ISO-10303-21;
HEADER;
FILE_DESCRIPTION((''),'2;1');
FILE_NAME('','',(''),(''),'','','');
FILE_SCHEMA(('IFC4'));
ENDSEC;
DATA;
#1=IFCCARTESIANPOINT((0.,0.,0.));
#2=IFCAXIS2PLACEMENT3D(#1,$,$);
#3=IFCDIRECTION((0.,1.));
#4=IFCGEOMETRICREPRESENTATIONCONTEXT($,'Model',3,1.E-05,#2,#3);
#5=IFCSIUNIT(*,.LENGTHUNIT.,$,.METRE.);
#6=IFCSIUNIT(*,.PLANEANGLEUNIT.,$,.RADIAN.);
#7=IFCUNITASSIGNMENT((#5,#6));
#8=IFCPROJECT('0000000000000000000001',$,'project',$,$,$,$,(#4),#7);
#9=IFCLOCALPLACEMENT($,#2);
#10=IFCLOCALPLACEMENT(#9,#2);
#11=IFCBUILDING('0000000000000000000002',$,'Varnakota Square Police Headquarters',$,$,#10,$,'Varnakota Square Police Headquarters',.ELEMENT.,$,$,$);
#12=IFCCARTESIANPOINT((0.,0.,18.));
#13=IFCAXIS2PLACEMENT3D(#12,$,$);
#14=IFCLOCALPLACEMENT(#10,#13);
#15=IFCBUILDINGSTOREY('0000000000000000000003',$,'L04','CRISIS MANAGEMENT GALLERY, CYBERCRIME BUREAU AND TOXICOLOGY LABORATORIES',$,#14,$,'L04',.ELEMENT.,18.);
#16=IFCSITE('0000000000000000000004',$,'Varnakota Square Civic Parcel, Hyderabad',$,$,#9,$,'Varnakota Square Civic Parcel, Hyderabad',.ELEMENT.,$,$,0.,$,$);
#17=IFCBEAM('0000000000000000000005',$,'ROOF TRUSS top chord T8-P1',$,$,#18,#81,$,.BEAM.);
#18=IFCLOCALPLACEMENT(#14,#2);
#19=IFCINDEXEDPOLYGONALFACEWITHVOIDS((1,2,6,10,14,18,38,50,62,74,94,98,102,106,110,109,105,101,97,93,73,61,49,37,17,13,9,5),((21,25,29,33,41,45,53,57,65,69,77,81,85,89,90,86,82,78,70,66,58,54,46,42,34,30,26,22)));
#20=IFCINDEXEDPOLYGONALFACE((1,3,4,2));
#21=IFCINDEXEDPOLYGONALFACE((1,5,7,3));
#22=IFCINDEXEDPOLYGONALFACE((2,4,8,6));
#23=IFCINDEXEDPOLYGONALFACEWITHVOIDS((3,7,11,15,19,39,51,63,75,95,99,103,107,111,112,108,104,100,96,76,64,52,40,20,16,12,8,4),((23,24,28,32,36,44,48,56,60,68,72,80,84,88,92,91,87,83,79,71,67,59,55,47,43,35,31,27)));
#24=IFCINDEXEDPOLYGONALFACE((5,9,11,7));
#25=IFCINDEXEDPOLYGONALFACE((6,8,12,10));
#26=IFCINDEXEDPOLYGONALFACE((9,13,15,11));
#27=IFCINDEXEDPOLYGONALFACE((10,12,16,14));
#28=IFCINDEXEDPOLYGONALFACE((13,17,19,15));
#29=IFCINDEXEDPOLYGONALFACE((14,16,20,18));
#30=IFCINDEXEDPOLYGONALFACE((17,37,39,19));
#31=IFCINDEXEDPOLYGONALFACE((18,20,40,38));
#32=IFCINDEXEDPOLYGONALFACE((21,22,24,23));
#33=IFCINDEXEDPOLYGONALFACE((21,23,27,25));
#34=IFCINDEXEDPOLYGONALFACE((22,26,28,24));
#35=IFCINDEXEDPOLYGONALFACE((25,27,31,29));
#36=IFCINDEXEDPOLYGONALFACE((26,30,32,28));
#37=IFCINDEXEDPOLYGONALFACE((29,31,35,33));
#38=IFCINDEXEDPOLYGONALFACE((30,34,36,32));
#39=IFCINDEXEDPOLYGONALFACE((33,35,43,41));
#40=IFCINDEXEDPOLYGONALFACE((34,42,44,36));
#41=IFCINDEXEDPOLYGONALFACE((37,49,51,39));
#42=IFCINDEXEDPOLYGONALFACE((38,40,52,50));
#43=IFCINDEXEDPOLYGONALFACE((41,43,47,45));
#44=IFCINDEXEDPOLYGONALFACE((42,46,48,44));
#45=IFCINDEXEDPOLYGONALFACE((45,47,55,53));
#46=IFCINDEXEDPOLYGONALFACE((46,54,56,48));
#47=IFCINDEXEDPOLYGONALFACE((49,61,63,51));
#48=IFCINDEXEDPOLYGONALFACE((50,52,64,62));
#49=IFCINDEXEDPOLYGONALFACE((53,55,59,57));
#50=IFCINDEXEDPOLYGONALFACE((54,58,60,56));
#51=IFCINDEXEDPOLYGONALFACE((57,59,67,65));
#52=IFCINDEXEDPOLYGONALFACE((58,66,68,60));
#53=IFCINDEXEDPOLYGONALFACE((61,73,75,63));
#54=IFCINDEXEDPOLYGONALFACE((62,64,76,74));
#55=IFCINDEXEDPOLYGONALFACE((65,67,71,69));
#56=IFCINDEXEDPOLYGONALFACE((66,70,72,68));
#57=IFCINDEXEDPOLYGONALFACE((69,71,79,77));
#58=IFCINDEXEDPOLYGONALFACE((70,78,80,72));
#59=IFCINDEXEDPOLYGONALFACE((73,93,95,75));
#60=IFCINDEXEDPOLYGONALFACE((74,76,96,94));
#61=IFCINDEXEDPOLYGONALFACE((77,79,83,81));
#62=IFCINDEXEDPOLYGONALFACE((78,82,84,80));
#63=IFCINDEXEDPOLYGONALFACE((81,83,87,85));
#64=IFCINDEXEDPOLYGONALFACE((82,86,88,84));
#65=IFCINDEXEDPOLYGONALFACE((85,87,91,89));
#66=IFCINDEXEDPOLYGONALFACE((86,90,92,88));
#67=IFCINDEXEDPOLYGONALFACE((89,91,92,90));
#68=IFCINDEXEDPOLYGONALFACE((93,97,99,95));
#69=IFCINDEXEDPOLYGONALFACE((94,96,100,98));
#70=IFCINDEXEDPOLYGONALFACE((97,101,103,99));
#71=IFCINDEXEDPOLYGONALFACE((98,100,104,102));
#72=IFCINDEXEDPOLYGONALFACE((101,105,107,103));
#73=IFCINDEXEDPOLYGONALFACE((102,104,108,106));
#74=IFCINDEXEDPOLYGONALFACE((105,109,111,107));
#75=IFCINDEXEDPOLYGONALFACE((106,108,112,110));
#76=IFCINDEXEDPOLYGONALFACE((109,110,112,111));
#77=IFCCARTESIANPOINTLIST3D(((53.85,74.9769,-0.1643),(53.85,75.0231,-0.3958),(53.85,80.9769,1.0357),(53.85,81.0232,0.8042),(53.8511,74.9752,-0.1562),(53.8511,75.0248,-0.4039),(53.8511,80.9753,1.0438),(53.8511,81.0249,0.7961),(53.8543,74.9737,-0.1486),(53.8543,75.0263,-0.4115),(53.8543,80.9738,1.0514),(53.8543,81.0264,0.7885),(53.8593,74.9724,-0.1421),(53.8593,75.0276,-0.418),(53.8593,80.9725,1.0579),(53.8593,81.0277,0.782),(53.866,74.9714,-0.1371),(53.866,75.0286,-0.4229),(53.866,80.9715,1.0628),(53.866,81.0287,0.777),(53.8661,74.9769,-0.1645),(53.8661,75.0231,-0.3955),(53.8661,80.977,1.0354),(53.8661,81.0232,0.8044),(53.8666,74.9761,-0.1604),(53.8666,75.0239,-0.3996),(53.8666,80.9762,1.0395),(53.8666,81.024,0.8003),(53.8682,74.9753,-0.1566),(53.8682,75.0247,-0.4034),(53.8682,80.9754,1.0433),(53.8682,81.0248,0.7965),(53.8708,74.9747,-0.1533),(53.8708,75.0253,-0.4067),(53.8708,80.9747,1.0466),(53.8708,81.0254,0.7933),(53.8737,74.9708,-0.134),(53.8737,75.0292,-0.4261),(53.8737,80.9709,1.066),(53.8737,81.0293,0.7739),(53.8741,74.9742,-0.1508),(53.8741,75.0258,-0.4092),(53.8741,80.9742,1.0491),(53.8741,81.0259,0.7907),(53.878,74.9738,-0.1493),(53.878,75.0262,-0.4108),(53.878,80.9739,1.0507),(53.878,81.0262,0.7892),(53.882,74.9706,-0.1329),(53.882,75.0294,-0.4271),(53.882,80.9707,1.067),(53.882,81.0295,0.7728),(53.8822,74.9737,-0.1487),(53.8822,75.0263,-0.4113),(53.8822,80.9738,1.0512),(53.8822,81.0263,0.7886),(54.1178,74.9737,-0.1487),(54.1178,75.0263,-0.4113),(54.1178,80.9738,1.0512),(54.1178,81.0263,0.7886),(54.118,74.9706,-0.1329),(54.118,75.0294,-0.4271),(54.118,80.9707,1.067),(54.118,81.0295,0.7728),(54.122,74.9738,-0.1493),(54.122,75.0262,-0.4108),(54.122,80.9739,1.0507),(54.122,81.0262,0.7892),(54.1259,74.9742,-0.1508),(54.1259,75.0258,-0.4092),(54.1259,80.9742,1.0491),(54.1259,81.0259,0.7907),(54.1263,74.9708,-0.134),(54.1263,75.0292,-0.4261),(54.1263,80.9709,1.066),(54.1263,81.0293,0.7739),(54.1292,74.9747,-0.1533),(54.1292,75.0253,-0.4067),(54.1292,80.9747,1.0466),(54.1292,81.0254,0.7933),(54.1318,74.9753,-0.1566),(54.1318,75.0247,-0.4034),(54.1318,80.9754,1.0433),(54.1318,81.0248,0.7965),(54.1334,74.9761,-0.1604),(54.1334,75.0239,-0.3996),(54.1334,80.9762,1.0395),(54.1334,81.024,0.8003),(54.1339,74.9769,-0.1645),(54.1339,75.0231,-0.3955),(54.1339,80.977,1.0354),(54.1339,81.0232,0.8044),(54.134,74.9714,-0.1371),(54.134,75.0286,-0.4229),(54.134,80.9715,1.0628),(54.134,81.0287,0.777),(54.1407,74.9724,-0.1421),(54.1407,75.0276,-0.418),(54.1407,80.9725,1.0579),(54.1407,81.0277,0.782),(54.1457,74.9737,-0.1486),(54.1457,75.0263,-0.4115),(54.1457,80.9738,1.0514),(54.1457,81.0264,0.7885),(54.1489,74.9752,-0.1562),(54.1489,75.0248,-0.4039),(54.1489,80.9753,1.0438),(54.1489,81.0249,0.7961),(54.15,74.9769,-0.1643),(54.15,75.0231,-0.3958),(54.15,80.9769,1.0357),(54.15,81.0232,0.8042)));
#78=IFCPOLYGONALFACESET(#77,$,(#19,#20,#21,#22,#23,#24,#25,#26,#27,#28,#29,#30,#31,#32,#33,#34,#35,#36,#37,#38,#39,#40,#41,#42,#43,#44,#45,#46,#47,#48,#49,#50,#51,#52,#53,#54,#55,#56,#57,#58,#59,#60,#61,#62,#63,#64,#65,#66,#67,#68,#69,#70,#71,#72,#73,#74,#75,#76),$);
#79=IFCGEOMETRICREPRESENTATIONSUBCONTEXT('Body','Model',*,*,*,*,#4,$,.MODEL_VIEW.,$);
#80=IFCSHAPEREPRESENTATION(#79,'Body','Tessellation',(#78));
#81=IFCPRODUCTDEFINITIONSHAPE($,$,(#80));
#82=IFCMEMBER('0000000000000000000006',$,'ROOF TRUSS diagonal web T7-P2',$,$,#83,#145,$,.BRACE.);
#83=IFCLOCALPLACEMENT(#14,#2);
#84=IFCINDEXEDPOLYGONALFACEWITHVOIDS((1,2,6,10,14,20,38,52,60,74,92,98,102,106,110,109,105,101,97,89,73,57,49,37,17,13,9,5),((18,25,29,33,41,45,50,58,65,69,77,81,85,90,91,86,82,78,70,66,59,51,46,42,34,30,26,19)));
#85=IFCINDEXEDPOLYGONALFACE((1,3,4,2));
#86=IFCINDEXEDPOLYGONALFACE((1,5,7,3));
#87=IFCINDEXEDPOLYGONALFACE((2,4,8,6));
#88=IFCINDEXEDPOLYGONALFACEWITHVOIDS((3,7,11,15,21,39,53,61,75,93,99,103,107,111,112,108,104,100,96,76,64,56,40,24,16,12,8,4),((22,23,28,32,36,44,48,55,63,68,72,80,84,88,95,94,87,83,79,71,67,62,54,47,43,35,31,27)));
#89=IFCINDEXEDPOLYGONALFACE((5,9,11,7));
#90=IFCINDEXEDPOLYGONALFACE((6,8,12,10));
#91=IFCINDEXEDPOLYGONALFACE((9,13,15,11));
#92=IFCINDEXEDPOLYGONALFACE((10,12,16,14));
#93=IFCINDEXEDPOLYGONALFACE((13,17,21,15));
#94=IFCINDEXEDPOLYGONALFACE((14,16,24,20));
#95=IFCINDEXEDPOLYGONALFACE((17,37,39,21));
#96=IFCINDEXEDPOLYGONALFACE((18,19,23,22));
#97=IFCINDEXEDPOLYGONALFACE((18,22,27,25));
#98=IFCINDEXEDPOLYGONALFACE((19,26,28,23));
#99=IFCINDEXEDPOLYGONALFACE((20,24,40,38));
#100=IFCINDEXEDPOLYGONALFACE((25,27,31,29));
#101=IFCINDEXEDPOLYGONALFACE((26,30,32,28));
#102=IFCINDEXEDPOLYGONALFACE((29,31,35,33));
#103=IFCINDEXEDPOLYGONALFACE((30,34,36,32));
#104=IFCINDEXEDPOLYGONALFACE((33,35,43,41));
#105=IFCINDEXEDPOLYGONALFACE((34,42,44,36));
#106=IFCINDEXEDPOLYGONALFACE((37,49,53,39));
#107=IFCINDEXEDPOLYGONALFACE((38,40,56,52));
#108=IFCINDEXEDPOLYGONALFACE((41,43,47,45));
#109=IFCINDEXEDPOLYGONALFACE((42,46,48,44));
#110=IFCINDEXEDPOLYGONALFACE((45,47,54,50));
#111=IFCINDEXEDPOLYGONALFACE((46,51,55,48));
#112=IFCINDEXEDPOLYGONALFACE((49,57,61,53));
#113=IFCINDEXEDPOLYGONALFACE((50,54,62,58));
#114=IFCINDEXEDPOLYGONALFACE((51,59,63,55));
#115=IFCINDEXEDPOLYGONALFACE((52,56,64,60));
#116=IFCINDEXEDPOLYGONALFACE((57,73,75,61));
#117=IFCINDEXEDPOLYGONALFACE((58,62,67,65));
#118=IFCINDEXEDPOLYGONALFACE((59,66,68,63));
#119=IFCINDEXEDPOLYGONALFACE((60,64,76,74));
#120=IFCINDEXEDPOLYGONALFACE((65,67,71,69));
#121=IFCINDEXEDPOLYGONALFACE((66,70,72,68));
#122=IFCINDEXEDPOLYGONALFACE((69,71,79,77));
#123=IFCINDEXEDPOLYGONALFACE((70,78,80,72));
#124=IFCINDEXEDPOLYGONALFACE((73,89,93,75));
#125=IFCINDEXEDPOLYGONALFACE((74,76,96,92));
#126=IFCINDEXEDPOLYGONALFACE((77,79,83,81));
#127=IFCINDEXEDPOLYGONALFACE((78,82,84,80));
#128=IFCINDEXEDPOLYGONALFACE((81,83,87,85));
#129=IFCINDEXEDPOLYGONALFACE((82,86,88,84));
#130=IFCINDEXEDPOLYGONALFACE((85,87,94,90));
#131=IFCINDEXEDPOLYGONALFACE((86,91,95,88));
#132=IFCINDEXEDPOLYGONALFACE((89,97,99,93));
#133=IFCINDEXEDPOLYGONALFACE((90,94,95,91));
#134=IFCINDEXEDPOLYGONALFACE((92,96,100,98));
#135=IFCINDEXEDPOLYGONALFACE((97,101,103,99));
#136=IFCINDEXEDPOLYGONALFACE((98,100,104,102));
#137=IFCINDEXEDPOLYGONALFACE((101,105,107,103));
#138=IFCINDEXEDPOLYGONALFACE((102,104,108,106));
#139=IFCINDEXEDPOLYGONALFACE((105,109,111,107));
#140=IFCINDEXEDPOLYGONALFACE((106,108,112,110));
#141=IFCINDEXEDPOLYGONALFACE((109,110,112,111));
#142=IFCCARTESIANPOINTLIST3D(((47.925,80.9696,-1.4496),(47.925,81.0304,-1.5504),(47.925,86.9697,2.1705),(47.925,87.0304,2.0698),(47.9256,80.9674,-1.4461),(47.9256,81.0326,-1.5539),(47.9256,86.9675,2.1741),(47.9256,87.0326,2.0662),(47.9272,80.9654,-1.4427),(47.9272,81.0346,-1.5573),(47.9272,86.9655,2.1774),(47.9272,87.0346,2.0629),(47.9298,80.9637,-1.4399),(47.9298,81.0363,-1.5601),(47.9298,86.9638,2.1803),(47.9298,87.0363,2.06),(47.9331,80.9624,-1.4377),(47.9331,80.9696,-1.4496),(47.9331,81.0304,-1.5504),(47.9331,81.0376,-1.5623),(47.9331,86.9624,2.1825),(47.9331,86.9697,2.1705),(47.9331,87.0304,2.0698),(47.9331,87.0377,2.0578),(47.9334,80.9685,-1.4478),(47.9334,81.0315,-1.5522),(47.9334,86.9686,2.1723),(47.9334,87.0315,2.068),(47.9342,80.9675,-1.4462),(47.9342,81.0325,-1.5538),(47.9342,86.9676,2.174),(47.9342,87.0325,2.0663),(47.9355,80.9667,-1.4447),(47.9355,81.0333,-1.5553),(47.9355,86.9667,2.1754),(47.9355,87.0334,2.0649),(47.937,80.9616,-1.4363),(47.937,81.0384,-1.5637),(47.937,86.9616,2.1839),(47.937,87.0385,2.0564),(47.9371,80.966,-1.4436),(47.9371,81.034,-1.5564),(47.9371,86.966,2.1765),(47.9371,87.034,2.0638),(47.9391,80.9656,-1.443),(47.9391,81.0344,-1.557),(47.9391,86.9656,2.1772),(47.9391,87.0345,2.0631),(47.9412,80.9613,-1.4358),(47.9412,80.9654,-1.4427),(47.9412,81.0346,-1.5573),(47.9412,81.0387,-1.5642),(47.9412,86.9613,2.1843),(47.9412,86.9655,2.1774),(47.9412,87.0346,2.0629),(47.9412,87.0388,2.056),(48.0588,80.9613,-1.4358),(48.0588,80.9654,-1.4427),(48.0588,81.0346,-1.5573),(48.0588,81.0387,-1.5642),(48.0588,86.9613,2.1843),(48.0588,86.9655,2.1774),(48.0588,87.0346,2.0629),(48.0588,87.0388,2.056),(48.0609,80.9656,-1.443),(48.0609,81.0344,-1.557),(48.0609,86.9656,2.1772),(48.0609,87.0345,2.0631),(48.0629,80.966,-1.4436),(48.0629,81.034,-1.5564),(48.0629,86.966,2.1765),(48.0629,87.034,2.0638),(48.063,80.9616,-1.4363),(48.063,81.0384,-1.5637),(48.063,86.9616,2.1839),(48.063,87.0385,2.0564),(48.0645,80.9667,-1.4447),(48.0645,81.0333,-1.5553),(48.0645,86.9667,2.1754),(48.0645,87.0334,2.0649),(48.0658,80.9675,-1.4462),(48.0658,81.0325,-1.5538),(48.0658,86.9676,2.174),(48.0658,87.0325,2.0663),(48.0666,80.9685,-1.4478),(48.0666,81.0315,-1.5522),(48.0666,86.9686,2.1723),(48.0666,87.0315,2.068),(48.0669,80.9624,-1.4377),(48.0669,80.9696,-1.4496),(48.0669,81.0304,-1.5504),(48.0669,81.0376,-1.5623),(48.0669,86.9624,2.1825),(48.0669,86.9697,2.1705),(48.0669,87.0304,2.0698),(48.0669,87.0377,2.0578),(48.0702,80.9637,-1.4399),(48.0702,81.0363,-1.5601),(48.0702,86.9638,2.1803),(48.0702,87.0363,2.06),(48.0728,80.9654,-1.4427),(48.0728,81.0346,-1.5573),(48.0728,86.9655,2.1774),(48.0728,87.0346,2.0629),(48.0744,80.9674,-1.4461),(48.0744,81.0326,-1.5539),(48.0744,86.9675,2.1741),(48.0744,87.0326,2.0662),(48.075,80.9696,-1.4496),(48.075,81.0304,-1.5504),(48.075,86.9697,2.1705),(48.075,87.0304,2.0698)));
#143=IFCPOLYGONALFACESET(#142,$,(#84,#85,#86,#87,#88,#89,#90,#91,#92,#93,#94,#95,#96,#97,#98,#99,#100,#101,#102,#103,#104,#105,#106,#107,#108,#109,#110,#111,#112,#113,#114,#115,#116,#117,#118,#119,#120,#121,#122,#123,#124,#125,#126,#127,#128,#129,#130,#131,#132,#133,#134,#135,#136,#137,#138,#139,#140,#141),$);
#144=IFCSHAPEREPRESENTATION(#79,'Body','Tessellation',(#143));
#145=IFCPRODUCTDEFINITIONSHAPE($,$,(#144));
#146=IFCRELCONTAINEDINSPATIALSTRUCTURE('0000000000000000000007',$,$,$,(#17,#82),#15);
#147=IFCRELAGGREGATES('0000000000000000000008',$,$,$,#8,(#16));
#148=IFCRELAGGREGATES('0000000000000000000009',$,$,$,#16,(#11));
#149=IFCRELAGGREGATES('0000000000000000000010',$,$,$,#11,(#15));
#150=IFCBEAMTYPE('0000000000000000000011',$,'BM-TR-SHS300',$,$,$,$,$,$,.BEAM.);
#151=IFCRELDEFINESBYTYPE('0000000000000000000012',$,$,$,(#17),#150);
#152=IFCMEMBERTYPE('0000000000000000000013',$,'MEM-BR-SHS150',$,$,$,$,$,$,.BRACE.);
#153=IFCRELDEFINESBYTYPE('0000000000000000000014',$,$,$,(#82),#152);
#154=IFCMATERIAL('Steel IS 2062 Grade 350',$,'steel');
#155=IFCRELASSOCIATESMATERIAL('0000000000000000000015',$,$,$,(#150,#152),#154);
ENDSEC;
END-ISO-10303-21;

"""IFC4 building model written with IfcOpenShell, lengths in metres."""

from ifc_helpers import new_model, si_unit, direction, frame, origin, origin_2d, place, context, subcontext, project, spatial, hollow_rectangle, extrude, material, material_profile, profile_set, type_object, element, save


model = new_model("IFC4")

# Units and contexts
model_context = context("Model", 3, precision=1e-05, world=origin(), true_north=direction((0.0, 1.0)))
body_context = subcontext(model_context, "Body", "Model", "MODEL_VIEW")
ifc_project = project(units=[si_unit("LENGTHUNIT", "METRE"), si_unit("PLANEANGLEUNIT", "RADIAN")], contexts=[model_context])

# Site, building, storey
site_placement = place(None, origin())
site = spatial("IfcSite", under=ifc_project, at=site_placement, Name="Varnakota Square Civic Parcel, Hyderabad", LongName="Varnakota Square Civic Parcel, Hyderabad", CompositionType="ELEMENT", RefElevation=0.0)
building_placement = place(site_placement, origin())
building = spatial("IfcBuilding", under=site, at=building_placement, Name="Varnakota Square Police Headquarters", LongName="Varnakota Square Police Headquarters", CompositionType="ELEMENT")
storey_placement = place(building_placement, frame((0.0, 0.0, 18.0)))
storey = spatial("IfcBuildingStorey", under=building, at=storey_placement, Name="L04", Description="CRISIS MANAGEMENT GALLERY, CYBERCRIME BUREAU AND TOXICOLOGY LABORATORIES", LongName="L04", CompositionType="ELEMENT", Elevation=18.0)

# Shared definitions
ifc_material_1 = material(Name="Steel IS 2062 Grade 350", Category="steel")

# Beam
ifc_material_profile_1 = material_profile(ifc_material_1, hollow_rectangle(XDim=0.3, YDim=0.3, WallThickness=0.0161, InnerFilletRadius=0.0161, OuterFilletRadius=0.032, at=origin_2d()), Name="SHS 300x300x16")
ifc_profile_set_1 = profile_set([ifc_material_profile_1], Name="Steel IS 2062 Grade 350")
beam_type_1 = type_object("IfcBeamType", Name="BM-TR-SHS300", PredefinedType="BEAM", material=ifc_profile_set_1)
beam_1_placement = place(storey_placement, frame((54.0, 75.0, -0.28), z_axis=(0.0, 0.980582, 0.196108), x_axis=(-1.0, 0.0, 0.0)))
element("IfcBeam", 1, at=beam_1_placement, inside=storey, type_object=beam_type_1, Name="ROOF TRUSS top chord T8-P1", PredefinedType="BEAM", context=body_context, shape_type="SweptSolid", body=[
    extrude(hollow_rectangle(XDim=0.3, YDim=0.3, WallThickness=0.0161, InnerFilletRadius=0.0161, OuterFilletRadius=0.032, at=origin_2d()), origin(), (0.0, 0.0, 1.0), 6.1189),
])

# Member
ifc_material_profile_2 = material_profile(ifc_material_1, hollow_rectangle(XDim=0.1499, YDim=0.1499, WallThickness=0.0081, InnerFilletRadius=0.0081, OuterFilletRadius=0.0161, at=origin_2d()), Name="SHS 150x150x8")
ifc_profile_set_2 = profile_set([ifc_material_profile_2], Name="Steel IS 2062 Grade 350")
member_type_1 = type_object("IfcMemberType", Name="MEM-BR-SHS150", PredefinedType="BRACE", material=ifc_profile_set_2)
member_1_placement = place(storey_placement, frame((48.0, 81.0, -1.5), z_axis=(0.0, 0.856224, 0.516605), x_axis=(-1.0, 0.0, 0.0)))
element("IfcMember", 2, at=member_1_placement, inside=storey, type_object=member_type_1, Name="ROOF TRUSS diagonal web T7-P2", PredefinedType="BRACE", context=body_context, shape_type="SweptSolid", body=[
    extrude(hollow_rectangle(XDim=0.1499, YDim=0.1499, WallThickness=0.0081, InnerFilletRadius=0.0081, OuterFilletRadius=0.0161, at=origin_2d()), origin(), (0.0, 0.0, 1.0), 7.0076),
])

save(model, "model.ifc")
